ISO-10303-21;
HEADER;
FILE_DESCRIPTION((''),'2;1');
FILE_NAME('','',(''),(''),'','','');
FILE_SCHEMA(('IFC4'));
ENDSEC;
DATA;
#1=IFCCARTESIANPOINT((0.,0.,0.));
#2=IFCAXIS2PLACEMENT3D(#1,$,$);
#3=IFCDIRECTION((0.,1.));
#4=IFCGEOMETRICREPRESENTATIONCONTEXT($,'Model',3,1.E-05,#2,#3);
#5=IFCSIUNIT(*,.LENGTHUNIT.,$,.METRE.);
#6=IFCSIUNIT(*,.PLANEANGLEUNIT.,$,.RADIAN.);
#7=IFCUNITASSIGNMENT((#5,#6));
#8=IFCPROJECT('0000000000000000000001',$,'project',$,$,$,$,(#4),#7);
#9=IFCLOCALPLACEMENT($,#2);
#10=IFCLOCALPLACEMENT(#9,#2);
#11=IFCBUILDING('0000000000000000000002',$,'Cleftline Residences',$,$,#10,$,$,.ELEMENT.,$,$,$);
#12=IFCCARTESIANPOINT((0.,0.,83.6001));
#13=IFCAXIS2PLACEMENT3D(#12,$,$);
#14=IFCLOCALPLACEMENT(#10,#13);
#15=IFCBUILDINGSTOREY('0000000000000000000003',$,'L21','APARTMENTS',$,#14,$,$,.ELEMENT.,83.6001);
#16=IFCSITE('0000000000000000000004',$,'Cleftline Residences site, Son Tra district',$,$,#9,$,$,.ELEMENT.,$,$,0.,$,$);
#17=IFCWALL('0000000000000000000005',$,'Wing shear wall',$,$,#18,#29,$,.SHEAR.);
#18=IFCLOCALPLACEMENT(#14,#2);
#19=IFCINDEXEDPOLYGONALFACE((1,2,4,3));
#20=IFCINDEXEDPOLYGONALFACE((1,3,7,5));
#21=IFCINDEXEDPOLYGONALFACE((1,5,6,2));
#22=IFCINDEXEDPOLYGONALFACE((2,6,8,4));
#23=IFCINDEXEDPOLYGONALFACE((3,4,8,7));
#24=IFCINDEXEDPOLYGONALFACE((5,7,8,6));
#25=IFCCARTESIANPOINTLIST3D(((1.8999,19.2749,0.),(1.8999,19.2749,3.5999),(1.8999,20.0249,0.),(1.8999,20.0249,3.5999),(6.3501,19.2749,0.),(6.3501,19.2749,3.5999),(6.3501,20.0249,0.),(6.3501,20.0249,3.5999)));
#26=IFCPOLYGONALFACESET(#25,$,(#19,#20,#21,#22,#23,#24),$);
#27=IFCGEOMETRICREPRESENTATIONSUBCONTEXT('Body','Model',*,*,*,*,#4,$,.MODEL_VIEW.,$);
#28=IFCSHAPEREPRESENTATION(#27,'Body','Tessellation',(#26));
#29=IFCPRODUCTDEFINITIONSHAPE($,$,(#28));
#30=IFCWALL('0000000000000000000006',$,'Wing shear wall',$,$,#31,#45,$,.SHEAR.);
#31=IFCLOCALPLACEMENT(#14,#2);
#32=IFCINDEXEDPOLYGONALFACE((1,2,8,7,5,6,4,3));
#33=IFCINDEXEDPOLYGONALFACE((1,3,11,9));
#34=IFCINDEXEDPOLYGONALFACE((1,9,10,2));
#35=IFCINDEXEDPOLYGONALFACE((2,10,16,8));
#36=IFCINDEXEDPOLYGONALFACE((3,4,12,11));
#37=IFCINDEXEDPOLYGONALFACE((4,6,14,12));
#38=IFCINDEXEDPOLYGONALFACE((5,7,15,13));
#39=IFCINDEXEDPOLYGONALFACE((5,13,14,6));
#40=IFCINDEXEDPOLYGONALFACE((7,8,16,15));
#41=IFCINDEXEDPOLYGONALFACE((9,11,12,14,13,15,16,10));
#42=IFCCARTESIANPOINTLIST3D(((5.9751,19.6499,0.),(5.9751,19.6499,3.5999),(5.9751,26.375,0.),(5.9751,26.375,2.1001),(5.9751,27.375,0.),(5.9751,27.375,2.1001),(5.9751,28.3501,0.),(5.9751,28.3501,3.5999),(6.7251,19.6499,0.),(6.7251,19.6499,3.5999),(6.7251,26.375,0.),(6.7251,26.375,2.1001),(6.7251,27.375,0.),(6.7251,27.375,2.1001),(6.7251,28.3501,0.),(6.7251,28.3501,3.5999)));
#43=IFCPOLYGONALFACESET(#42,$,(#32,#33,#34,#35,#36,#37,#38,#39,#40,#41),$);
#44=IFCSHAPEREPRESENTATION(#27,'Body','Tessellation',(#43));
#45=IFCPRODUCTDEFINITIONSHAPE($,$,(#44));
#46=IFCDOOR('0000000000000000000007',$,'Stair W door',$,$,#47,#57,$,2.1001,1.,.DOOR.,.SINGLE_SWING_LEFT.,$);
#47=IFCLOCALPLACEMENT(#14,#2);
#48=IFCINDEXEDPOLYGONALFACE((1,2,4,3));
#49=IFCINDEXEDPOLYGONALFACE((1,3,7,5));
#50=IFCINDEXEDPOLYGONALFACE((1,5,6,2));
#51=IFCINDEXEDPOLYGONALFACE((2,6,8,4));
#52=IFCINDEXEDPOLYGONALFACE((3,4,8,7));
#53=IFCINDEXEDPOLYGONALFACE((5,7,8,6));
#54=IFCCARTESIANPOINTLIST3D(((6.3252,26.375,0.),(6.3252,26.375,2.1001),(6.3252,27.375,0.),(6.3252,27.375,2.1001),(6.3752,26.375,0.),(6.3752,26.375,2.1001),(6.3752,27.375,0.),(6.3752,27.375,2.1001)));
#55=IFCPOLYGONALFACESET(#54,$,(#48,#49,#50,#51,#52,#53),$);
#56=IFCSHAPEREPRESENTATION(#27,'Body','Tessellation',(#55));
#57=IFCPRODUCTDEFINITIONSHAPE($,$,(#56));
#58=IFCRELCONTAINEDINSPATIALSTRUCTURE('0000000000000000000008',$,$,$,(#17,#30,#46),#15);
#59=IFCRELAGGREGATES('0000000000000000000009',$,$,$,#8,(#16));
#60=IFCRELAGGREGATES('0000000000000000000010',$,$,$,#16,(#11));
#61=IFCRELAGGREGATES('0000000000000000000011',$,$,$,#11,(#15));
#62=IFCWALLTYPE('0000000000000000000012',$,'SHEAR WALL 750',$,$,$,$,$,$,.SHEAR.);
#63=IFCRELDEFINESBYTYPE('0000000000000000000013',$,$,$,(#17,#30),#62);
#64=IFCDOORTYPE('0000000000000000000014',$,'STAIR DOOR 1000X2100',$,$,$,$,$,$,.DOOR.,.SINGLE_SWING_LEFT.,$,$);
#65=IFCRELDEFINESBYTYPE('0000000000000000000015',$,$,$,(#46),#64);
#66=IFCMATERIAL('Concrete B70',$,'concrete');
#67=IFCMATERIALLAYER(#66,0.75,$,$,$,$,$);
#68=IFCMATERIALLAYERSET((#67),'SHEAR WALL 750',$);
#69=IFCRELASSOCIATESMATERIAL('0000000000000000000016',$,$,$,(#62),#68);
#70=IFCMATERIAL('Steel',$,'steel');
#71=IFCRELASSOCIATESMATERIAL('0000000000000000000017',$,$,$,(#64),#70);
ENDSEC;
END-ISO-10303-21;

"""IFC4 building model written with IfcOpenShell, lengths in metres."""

from ifc_helpers import new_model, si_unit, direction, frame, frame_2d, origin, place, context, subcontext, project, spatial, rectangle, extrude, material, layer, layer_set, type_object, element, fill, save


model = new_model("IFC4")

# Units and contexts
model_context = context("Model", 3, precision=1e-05, world=origin(), true_north=direction((0.0, 1.0)))
body_context = subcontext(model_context, "Body", "Model", "MODEL_VIEW")
ifc_project = project(units=[si_unit("LENGTHUNIT", "METRE"), si_unit("PLANEANGLEUNIT", "RADIAN")], contexts=[model_context])

# Site, building, storey
site_placement = place(None, origin())
site = spatial("IfcSite", under=ifc_project, at=site_placement, Name="Cleftline Residences site, Son Tra district", CompositionType="ELEMENT", RefElevation=0.0)
building_placement = place(site_placement, origin())
building = spatial("IfcBuilding", under=site, at=building_placement, Name="Cleftline Residences", CompositionType="ELEMENT")
storey_placement = place(building_placement, frame((0.0, 0.0, 83.6001)))
storey = spatial("IfcBuildingStorey", under=building, at=storey_placement, Name="L21", Description="APARTMENTS", CompositionType="ELEMENT", Elevation=83.6001)

# Wall
ifc_material_1 = material(Name="Concrete B70", Category="concrete")
ifc_layer_1 = layer(ifc_material_1, 0.75)
ifc_layer_set_1 = layer_set([ifc_layer_1], Name="SHEAR WALL 750")
wall_type_1 = type_object("IfcWallType", Name="SHEAR WALL 750", PredefinedType="SHEAR", material=ifc_layer_set_1)
wall_1_placement = place(storey_placement, frame((1.8999, 19.6499, 0.0), z_axis=(0.0, 0.0, 1.0), x_axis=(1.0, 0.0, 0.0)))
element("IfcWall", 1, at=wall_1_placement, inside=storey, type_object=wall_type_1, Name="Wing shear wall", PredefinedType="SHEAR", context=body_context, shape_type="SweptSolid", body=[
    extrude(rectangle(XDim=4.4502, YDim=0.75, at=frame_2d((2.2251, 0.0))), origin(), (0.0, 0.0, 1.0), 3.5999),
])

# Wall, opening, door
wall_2_placement = place(storey_placement, frame((6.3501, 19.6499, 0.0), z_axis=(0.0, 0.0, 1.0), x_axis=(0.0, 1.0, 0.0)))
wall_2 = element("IfcWall", 2, at=wall_2_placement, inside=storey, type_object=wall_type_1, Name="Wing shear wall", PredefinedType="SHEAR", context=body_context, shape_type="SweptSolid", body=[
    extrude(rectangle(XDim=8.7002, YDim=0.75, at=frame_2d((4.3501, 0.0))), origin(), (0.0, 0.0, 1.0), 3.5999),
])
opening_1_placement = place(wall_2_placement, frame((6.7251, 0.0, 0.0)))
opening_1 = element("IfcOpeningElement", 3, at=opening_1_placement, cuts=wall_2, PredefinedType="OPENING", context=body_context, shape_type="SweptSolid", body=[
    extrude(rectangle(XDim=1.0, YDim=2.1001, at=frame_2d((0.5, 1.05))), frame((0.0, 0.385, 0.0), z_axis=(0.0, -1.0, 0.0), x_axis=(1.0, 0.0, 0.0)), (0.0, 0.0, 1.0), 0.77),
])
ifc_material_2 = material(Name="Steel", Category="steel")
door_type_1 = type_object("IfcDoorType", Name="STAIR DOOR 1000X2100", OperationType="SINGLE_SWING_LEFT", PredefinedType="DOOR", material=ifc_material_2)
door_1_placement = place(opening_1_placement, origin())
door_1 = element("IfcDoor", 4, at=door_1_placement, inside=storey, type_object=door_type_1, Name="Stair W door", OperationType="SINGLE_SWING_LEFT", OverallHeight=2.1001, OverallWidth=1.0, PredefinedType="DOOR", context=body_context, shape_type="SweptSolid", body=[
    extrude(rectangle(XDim=1.0, YDim=2.1001, at=frame_2d((0.5, 1.05))), frame((0.0, 0.0249, 0.0), z_axis=(0.0, -1.0, 0.0), x_axis=(1.0, 0.0, 0.0)), (0.0, 0.0, 1.0), 0.05),
])
fill(opening_1, door_1)

save(model, "model.ifc")
